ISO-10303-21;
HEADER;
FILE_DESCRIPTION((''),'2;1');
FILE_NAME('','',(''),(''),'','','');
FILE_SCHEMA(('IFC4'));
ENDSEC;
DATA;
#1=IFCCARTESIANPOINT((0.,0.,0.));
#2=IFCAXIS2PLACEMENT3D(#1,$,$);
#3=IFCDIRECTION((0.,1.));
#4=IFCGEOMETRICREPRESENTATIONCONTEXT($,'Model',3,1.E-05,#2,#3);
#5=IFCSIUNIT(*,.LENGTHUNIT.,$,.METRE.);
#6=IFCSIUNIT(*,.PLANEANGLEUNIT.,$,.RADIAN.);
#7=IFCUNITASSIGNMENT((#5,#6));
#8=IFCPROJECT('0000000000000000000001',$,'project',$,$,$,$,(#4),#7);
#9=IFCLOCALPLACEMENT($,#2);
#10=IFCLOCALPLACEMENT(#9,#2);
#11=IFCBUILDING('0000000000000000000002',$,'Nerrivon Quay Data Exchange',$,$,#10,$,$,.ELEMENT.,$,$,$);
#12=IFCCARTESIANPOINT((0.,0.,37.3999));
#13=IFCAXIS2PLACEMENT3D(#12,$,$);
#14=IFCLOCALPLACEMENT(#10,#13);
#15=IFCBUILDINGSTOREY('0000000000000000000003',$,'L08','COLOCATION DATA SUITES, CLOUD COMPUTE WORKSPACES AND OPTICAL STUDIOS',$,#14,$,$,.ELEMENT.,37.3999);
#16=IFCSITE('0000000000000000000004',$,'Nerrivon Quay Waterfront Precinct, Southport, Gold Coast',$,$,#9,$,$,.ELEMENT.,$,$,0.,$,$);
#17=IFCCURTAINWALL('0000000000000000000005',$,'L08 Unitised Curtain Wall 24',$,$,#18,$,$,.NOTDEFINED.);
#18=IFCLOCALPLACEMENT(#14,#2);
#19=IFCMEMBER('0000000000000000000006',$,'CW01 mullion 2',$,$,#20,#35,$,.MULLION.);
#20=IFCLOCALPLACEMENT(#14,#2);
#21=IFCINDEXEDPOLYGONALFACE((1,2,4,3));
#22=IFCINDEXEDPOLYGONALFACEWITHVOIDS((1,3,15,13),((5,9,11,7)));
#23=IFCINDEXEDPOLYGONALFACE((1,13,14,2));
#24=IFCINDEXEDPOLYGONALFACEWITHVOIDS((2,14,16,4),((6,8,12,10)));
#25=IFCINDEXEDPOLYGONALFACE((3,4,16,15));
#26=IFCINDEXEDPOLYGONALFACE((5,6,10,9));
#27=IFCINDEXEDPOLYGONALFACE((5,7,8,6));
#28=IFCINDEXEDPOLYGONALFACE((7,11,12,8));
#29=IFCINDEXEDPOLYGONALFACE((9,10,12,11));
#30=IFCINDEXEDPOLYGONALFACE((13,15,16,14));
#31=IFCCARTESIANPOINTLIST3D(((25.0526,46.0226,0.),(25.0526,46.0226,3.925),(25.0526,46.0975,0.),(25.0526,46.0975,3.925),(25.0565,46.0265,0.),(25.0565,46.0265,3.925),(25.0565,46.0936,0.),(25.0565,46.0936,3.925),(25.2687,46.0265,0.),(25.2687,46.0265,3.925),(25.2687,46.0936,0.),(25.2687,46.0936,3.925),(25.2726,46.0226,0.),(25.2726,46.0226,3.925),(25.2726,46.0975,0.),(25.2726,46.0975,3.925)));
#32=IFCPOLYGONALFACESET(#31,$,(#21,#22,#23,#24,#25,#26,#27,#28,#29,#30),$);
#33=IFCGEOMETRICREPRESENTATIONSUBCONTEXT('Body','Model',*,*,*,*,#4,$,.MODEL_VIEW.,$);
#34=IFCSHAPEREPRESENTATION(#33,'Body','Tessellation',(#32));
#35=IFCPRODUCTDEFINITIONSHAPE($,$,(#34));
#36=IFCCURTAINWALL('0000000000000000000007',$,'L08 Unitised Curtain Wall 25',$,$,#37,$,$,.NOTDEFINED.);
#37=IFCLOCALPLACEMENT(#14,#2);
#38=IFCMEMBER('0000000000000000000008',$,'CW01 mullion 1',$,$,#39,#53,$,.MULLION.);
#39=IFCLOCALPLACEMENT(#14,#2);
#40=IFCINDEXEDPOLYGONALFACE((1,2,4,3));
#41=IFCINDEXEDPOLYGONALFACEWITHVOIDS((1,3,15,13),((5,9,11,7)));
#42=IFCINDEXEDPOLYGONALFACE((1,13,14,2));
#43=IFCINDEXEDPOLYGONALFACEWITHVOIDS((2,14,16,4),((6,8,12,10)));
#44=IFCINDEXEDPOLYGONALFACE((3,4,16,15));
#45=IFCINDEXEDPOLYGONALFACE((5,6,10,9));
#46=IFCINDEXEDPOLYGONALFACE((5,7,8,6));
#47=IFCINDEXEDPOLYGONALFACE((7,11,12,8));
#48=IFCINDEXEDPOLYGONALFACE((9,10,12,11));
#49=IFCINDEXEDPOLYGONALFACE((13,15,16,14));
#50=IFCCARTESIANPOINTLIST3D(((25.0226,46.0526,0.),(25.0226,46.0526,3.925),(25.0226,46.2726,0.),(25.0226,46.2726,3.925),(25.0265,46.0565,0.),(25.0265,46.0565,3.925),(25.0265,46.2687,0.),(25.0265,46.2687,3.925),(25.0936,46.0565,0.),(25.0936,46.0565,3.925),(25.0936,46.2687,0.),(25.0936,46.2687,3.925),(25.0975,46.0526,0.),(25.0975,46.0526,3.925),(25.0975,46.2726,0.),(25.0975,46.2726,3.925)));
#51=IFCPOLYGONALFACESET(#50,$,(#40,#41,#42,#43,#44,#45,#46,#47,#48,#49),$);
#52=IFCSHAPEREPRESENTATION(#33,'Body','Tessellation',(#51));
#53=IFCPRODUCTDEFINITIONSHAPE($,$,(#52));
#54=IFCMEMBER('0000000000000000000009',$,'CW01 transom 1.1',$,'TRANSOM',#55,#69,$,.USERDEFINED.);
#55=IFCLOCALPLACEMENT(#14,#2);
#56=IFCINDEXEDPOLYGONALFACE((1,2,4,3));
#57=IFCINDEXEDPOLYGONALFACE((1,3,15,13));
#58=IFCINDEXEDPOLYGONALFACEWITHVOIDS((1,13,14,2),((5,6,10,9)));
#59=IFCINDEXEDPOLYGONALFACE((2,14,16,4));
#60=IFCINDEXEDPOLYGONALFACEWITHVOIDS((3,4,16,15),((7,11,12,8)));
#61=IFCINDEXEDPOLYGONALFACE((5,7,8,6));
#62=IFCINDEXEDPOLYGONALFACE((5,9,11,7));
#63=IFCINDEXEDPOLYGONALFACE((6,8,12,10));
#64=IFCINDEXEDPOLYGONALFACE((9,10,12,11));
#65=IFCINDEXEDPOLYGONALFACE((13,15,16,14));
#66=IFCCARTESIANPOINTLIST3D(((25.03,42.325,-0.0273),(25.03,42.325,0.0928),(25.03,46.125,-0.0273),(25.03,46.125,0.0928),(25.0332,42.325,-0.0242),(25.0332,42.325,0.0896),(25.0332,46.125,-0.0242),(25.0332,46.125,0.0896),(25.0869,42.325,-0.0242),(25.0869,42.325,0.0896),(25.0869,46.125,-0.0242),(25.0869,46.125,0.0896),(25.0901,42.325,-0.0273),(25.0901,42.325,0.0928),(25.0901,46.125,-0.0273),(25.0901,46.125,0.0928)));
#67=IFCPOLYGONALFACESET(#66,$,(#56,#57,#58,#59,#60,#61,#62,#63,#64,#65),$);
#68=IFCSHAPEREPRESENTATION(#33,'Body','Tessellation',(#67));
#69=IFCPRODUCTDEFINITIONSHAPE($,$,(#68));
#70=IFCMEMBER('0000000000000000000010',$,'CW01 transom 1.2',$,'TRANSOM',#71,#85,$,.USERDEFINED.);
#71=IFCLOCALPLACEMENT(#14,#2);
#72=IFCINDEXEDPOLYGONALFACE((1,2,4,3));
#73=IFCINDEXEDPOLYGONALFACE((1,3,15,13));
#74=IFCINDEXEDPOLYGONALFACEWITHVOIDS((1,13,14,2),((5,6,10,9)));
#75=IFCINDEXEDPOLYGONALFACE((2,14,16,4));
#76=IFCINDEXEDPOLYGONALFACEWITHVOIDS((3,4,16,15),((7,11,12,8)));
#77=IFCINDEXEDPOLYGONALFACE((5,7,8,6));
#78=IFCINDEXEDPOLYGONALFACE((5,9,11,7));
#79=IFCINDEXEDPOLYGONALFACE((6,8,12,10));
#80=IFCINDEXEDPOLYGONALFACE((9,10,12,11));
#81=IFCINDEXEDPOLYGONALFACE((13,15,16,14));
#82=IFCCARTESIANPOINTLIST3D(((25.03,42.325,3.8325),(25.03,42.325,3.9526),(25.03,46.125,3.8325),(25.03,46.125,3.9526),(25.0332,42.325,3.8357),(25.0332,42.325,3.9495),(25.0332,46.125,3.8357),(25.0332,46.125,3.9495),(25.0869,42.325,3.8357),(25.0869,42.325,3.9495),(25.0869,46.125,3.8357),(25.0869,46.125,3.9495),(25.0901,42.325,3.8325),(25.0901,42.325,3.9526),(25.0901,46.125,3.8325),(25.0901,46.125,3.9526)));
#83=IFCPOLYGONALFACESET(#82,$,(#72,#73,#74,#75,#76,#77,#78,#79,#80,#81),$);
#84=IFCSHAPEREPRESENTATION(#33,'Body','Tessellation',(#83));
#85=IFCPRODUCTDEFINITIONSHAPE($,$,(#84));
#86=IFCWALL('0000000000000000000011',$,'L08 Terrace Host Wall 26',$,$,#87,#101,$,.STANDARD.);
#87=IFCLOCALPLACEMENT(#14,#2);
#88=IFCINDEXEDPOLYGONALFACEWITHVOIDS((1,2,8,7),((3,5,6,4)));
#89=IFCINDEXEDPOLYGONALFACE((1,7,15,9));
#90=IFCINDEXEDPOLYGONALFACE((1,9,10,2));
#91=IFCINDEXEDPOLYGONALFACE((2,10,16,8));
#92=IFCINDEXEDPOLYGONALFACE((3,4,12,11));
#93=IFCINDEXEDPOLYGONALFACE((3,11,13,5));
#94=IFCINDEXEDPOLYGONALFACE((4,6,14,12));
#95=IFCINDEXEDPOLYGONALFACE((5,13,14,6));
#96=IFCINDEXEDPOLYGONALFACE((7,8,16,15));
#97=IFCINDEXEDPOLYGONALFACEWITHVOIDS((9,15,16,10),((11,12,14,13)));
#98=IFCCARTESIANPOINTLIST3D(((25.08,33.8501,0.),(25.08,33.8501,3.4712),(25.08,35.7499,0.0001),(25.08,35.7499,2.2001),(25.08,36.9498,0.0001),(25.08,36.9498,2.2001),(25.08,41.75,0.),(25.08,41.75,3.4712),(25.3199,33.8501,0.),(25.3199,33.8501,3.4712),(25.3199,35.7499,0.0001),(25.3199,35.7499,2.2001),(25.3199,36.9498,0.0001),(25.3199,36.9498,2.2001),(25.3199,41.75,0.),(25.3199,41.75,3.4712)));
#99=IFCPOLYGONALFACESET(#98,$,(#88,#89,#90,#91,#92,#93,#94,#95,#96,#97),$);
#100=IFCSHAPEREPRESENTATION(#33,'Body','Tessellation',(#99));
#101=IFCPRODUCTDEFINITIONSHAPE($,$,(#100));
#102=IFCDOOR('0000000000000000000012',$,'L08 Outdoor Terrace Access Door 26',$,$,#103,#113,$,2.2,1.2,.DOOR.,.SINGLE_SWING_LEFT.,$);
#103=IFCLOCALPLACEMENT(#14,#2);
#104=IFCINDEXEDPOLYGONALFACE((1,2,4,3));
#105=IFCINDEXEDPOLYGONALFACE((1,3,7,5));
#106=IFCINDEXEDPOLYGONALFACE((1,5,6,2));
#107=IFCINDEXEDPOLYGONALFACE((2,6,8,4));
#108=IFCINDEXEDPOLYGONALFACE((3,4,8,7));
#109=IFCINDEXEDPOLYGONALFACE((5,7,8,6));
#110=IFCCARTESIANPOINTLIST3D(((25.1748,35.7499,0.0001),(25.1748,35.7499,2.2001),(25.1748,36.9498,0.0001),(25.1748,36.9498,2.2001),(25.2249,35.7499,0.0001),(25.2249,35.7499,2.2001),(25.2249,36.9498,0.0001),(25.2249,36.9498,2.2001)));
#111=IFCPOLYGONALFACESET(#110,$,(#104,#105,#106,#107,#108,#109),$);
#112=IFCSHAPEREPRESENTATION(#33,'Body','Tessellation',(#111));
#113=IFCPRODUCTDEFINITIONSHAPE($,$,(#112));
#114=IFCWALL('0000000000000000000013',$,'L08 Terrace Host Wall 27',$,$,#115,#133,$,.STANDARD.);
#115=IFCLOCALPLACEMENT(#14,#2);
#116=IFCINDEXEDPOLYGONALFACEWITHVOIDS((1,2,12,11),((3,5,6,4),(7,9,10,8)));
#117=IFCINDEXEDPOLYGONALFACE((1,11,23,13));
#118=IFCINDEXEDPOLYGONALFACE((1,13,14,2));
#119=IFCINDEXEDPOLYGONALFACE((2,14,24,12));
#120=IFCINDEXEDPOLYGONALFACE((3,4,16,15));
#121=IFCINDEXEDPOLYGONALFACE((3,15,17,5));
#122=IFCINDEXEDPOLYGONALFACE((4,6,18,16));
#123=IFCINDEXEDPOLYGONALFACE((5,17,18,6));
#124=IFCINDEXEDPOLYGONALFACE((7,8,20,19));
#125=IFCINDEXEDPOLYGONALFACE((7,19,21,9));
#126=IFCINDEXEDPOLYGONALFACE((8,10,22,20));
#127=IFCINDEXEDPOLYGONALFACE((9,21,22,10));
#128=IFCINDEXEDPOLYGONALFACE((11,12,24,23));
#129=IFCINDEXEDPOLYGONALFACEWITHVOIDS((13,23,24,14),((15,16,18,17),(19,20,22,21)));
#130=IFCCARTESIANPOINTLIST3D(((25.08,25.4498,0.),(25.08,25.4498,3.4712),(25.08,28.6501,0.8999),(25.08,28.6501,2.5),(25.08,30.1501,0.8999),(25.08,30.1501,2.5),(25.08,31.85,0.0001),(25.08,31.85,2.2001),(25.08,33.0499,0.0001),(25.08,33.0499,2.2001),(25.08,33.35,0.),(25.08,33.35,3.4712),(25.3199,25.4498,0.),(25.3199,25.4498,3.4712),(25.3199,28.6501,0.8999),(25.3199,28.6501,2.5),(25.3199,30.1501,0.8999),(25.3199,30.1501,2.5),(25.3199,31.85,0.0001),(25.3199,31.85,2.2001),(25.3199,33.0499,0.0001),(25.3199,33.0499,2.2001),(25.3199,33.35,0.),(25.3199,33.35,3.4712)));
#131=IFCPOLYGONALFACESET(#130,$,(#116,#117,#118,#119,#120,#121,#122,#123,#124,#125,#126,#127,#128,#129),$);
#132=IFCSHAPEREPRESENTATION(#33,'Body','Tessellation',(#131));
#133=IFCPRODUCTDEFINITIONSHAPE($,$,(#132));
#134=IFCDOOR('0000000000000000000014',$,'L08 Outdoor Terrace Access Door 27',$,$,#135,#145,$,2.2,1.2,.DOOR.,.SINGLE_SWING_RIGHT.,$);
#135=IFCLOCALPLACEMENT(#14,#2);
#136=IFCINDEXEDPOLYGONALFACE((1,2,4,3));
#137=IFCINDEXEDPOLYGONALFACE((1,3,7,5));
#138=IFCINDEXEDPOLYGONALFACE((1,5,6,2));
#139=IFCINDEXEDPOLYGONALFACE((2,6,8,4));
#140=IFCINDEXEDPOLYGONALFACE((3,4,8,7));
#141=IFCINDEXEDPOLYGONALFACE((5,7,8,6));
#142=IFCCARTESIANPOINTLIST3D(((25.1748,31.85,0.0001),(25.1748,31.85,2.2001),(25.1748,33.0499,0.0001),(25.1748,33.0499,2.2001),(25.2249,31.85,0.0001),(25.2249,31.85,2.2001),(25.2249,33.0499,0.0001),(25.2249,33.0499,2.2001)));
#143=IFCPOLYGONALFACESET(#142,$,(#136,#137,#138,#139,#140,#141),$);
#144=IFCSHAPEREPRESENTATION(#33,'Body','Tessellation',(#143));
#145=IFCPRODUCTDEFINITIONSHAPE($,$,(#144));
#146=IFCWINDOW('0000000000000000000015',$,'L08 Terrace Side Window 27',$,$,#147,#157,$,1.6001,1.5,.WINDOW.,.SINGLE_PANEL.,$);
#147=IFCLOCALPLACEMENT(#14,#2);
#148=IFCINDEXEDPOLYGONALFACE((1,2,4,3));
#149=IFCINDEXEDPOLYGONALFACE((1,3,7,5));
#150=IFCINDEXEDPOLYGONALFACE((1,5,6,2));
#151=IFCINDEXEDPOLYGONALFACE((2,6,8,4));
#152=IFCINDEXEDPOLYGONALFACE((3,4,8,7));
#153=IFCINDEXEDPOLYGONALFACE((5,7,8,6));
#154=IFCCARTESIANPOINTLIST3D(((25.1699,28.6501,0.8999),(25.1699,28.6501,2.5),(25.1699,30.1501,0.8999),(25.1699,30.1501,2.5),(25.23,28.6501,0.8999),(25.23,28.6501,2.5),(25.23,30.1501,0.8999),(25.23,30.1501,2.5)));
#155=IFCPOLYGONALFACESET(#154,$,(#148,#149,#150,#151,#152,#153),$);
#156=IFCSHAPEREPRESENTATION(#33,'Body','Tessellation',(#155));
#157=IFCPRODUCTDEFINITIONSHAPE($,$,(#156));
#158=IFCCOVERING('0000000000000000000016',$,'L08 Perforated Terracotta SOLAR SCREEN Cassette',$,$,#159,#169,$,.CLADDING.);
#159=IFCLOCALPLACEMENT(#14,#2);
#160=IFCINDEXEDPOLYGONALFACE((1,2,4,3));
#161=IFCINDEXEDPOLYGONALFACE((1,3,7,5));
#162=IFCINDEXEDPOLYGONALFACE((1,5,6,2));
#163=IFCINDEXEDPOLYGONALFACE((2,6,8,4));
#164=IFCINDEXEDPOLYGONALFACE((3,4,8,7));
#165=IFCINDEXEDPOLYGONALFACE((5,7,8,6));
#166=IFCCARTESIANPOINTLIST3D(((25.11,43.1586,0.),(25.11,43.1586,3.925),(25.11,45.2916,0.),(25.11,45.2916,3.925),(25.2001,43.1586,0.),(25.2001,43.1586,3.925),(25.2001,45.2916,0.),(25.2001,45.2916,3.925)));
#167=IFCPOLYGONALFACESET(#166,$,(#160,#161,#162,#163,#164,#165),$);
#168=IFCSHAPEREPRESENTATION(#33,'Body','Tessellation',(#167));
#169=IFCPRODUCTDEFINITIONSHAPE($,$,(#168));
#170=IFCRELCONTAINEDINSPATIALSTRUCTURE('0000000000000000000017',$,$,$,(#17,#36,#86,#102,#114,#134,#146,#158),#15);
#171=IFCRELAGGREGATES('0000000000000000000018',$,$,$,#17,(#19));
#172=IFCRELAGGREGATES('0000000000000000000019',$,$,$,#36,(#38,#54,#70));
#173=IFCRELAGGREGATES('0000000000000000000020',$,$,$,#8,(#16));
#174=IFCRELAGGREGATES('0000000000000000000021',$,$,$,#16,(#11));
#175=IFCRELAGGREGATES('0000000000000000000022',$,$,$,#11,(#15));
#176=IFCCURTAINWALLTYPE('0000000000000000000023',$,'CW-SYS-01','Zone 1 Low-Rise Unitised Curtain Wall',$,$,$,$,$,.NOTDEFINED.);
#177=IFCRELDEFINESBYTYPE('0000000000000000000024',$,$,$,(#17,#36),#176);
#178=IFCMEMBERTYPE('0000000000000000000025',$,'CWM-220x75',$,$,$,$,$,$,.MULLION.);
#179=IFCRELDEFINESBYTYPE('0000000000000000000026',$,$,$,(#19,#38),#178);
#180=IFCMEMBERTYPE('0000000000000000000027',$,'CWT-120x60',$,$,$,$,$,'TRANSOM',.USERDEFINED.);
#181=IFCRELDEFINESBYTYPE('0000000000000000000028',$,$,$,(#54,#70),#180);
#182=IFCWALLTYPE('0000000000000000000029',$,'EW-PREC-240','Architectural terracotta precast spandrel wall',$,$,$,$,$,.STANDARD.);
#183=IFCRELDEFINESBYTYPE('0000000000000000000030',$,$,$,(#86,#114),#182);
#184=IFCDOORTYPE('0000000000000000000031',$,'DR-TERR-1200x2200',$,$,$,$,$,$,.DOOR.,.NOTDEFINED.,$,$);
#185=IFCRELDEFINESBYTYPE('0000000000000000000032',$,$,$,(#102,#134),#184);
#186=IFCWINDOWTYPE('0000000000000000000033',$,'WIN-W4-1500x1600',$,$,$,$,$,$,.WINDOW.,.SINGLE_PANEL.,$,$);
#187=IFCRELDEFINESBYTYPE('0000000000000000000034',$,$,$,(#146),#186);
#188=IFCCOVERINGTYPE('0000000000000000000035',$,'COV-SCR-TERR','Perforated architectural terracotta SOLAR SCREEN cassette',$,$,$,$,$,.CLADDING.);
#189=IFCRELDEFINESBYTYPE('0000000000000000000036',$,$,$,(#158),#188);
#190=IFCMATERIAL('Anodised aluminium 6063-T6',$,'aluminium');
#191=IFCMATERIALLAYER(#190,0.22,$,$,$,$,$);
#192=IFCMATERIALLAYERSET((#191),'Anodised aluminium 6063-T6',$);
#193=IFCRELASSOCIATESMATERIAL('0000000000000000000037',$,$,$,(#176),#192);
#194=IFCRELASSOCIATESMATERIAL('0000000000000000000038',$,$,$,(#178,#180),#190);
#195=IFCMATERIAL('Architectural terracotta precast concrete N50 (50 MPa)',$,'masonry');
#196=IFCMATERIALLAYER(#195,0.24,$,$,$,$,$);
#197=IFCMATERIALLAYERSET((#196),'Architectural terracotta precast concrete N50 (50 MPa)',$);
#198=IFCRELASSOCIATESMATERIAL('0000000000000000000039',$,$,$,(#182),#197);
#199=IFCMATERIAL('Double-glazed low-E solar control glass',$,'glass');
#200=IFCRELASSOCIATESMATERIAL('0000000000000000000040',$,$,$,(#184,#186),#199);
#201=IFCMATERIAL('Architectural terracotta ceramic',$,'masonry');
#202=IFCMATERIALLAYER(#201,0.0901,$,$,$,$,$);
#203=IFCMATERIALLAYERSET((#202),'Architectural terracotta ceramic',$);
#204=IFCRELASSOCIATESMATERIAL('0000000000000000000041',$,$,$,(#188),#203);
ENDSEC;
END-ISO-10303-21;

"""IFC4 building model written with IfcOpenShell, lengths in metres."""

from ifc_helpers import new_model, si_unit, direction, frame, frame_2d, origin, origin_2d, place, context, subcontext, project, spatial, rectangle, hollow_rectangle, extrude, material, layer, layer_set, material_profile, profile_set, type_object, element, fill, aggregate, save


model = new_model("IFC4")

# Units and contexts
model_context = context("Model", 3, precision=1e-05, world=origin(), true_north=direction((0.0, 1.0)))
body_context = subcontext(model_context, "Body", "Model", "MODEL_VIEW")
ifc_project = project(units=[si_unit("LENGTHUNIT", "METRE"), si_unit("PLANEANGLEUNIT", "RADIAN")], contexts=[model_context])

# Site, building, storey
site_placement = place(None, origin())
site = spatial("IfcSite", under=ifc_project, at=site_placement, Name="Nerrivon Quay Waterfront Precinct, Southport, Gold Coast", CompositionType="ELEMENT", RefElevation=0.0)
building_placement = place(site_placement, origin())
building = spatial("IfcBuilding", under=site, at=building_placement, Name="Nerrivon Quay Data Exchange", CompositionType="ELEMENT")
storey_placement = place(building_placement, frame((0.0, 0.0, 37.3999)))
storey = spatial("IfcBuildingStorey", under=building, at=storey_placement, Name="L08", Description="COLOCATION DATA SUITES, CLOUD COMPUTE WORKSPACES AND OPTICAL STUDIOS", CompositionType="ELEMENT", Elevation=37.3999)

# Curtain wall, member
ifc_material_1 = material(Name="Anodised aluminium 6063-T6", Category="aluminium")
ifc_layer_1 = layer(ifc_material_1, 0.22)
ifc_layer_set_1 = layer_set([ifc_layer_1], Name="Anodised aluminium 6063-T6")
curtain_wall_type = type_object("IfcCurtainWallType", Name="CW-SYS-01", Description="Zone 1 Low-Rise Unitised Curtain Wall", PredefinedType="NOTDEFINED", material=ifc_layer_set_1)
curtain_wall_1_placement = place(storey_placement, origin())
curtain_wall_1 = element("IfcCurtainWall", 1, at=curtain_wall_1_placement, inside=storey, type_object=curtain_wall_type, Name="L08 Unitised Curtain Wall 24", PredefinedType="NOTDEFINED")
ifc_material_profile_1 = material_profile(ifc_material_1, hollow_rectangle(XDim=0.075, YDim=0.22, WallThickness=0.0039, at=origin_2d()), Name="ALU-MULL-220x75")
ifc_profile_set_1 = profile_set([ifc_material_profile_1], Name="Anodised aluminium 6063-T6")
member_type_1 = type_object("IfcMemberType", Name="CWM-220x75", PredefinedType="MULLION", material=ifc_profile_set_1)
member_1_placement = place(storey_placement, frame((25.1626, 46.0601, 0.0), z_axis=(0.0, 0.0, 1.0), x_axis=(0.0, 1.0, 0.0)))
member_1 = element("IfcMember", 2, at=member_1_placement, type_object=member_type_1, Name="CW01 mullion 2", PredefinedType="MULLION", context=body_context, shape_type="SweptSolid", body=[
    extrude(hollow_rectangle(XDim=0.075, YDim=0.22, WallThickness=0.0039, at=origin_2d()), origin(), (0.0, 0.0, 1.0), 3.925),
])
aggregate(curtain_wall_1, [member_1])

# Curtain wall, members
curtain_wall_2_placement = place(storey_placement, origin())
curtain_wall_2 = element("IfcCurtainWall", 3, at=curtain_wall_2_placement, inside=storey, type_object=curtain_wall_type, Name="L08 Unitised Curtain Wall 25", PredefinedType="NOTDEFINED")
member_2_placement = place(storey_placement, frame((25.0601, 46.1626, 0.0), z_axis=(0.0, 0.0, 1.0), x_axis=(1.0, 0.0, 0.0)))
member_2 = element("IfcMember", 4, at=member_2_placement, type_object=member_type_1, Name="CW01 mullion 1", PredefinedType="MULLION", context=body_context, shape_type="SweptSolid", body=[
    extrude(hollow_rectangle(XDim=0.075, YDim=0.22, WallThickness=0.0039, at=origin_2d()), origin(), (0.0, 0.0, 1.0), 3.925),
])
ifc_material_profile_2 = material_profile(ifc_material_1, hollow_rectangle(XDim=0.0601, YDim=0.1201, WallThickness=0.0032, at=origin_2d()), Name="ALU-TRAN-120x60")
ifc_profile_set_2 = profile_set([ifc_material_profile_2], Name="Anodised aluminium 6063-T6")
member_type_2 = type_object("IfcMemberType", Name="CWT-120x60", ElementType="TRANSOM", PredefinedType="USERDEFINED", material=ifc_profile_set_2)
member_3_placement = place(storey_placement, frame((25.0601, 46.125, 0.0327), z_axis=(0.0, -1.0, 0.0), x_axis=(1.0, 0.0, 0.0)))
member_3 = element("IfcMember", 5, at=member_3_placement, type_object=member_type_2, Name="CW01 transom 1.1", ObjectType="TRANSOM", PredefinedType="USERDEFINED", context=body_context, shape_type="SweptSolid", body=[
    extrude(hollow_rectangle(XDim=0.0601, YDim=0.1201, WallThickness=0.0032, at=origin_2d()), origin(), (0.0, 0.0, 1.0), 3.8),
])
member_4_placement = place(storey_placement, frame((25.0601, 46.125, 3.8926), z_axis=(0.0, -1.0, 0.0), x_axis=(1.0, 0.0, 0.0)))
member_4 = element("IfcMember", 6, at=member_4_placement, type_object=member_type_2, Name="CW01 transom 1.2", ObjectType="TRANSOM", PredefinedType="USERDEFINED", context=body_context, shape_type="SweptSolid", body=[
    extrude(hollow_rectangle(XDim=0.0601, YDim=0.1201, WallThickness=0.0032, at=origin_2d()), origin(), (0.0, 0.0, 1.0), 3.8),
])
aggregate(curtain_wall_2, [member_2, member_3, member_4])

# Wall, opening, door
ifc_material_2 = material(Name="Architectural terracotta precast concrete N50 (50 MPa)", Category="masonry")
ifc_layer_2 = layer(ifc_material_2, 0.24)
ifc_layer_set_2 = layer_set([ifc_layer_2], Name="Architectural terracotta precast concrete N50 (50 MPa)")
wall_type = type_object("IfcWallType", Name="EW-PREC-240", Description="Architectural terracotta precast spandrel wall", PredefinedType="STANDARD", material=ifc_layer_set_2)
wall_1_placement = place(storey_placement, frame((25.2, 41.75, 0.0), z_axis=(0.0, 0.0, 1.0), x_axis=(0.0, -1.0, 0.0)))
wall_1 = element("IfcWall", 7, at=wall_1_placement, inside=storey, type_object=wall_type, Name="L08 Terrace Host Wall 26", PredefinedType="STANDARD", context=body_context, shape_type="SweptSolid", body=[
    extrude(rectangle(XDim=7.8999, YDim=0.24, at=frame_2d((3.95, 0.0))), origin(), (0.0, 0.0, 1.0), 3.4712),
])
opening_1_placement = place(wall_1_placement, frame((4.8, 0.0, 0.0)))
opening_1 = element("IfcOpeningElement", 8, at=opening_1_placement, cuts=wall_1, PredefinedType="OPENING", context=body_context, shape_type="SweptSolid", body=[
    extrude(rectangle(XDim=1.2, YDim=2.2, at=frame_2d((0.6001, 1.1001))), frame((0.0, 0.1299, 0.0), z_axis=(0.0, -1.0, 0.0), x_axis=(1.0, 0.0, 0.0)), (0.0, 0.0, 1.0), 0.26),
])
ifc_material_3 = material(Name="Double-glazed low-E solar control glass", Category="glass")
door_type = type_object("IfcDoorType", Name="DR-TERR-1200x2200", OperationType="NOTDEFINED", PredefinedType="DOOR", material=ifc_material_3)
door_1_placement = place(opening_1_placement, origin())
door_1 = element("IfcDoor", 9, at=door_1_placement, inside=storey, type_object=door_type, Name="L08 Outdoor Terrace Access Door 26", OperationType="SINGLE_SWING_LEFT", OverallHeight=2.2, OverallWidth=1.2, PredefinedType="DOOR", context=body_context, shape_type="SweptSolid", body=[
    extrude(rectangle(XDim=1.2, YDim=2.2, at=frame_2d((0.6001, 1.1001))), frame((0.0, 0.0249, 0.0), z_axis=(0.0, -1.0, 0.0), x_axis=(1.0, 0.0, 0.0)), (0.0, 0.0, 1.0), 0.05),
])
fill(opening_1, door_1)

# Wall, openings, door, window
wall_2_placement = place(storey_placement, frame((25.2, 33.3501, 0.0), z_axis=(0.0, 0.0, 1.0), x_axis=(0.0, -1.0, 0.0)))
wall_2 = element("IfcWall", 10, at=wall_2_placement, inside=storey, type_object=wall_type, Name="L08 Terrace Host Wall 27", PredefinedType="STANDARD", context=body_context, shape_type="SweptSolid", body=[
    extrude(rectangle(XDim=7.9001, YDim=0.24, at=frame_2d((3.9502, 0.0))), origin(), (0.0, 0.0, 1.0), 3.4712),
])
opening_2_placement = place(wall_2_placement, frame((0.3, 0.0, 0.0)))
opening_2 = element("IfcOpeningElement", 11, at=opening_2_placement, cuts=wall_2, PredefinedType="OPENING", context=body_context, shape_type="SweptSolid", body=[
    extrude(rectangle(XDim=1.2, YDim=2.2, at=frame_2d((0.6001, 1.1001))), frame((0.0, 0.1299, 0.0), z_axis=(0.0, -1.0, 0.0), x_axis=(1.0, 0.0, 0.0)), (0.0, 0.0, 1.0), 0.26),
])
opening_3_placement = place(wall_2_placement, frame((3.2, 0.0, 0.8999)))
opening_3 = element("IfcOpeningElement", 12, at=opening_3_placement, cuts=wall_2, PredefinedType="OPENING", context=body_context, shape_type="SweptSolid", body=[
    extrude(rectangle(XDim=1.5, YDim=1.6001, at=frame_2d((0.75, 0.8))), frame((0.0, 0.1299, 0.0), z_axis=(0.0, -1.0, 0.0), x_axis=(1.0, 0.0, 0.0)), (0.0, 0.0, 1.0), 0.26),
])
door_2_placement = place(opening_2_placement, origin())
door_2 = element("IfcDoor", 13, at=door_2_placement, inside=storey, type_object=door_type, Name="L08 Outdoor Terrace Access Door 27", OperationType="SINGLE_SWING_RIGHT", OverallHeight=2.2, OverallWidth=1.2, PredefinedType="DOOR", context=body_context, shape_type="SweptSolid", body=[
    extrude(rectangle(XDim=1.2, YDim=2.2, at=frame_2d((0.6001, 1.1001))), frame((0.0, 0.0249, 0.0), z_axis=(0.0, -1.0, 0.0), x_axis=(1.0, 0.0, 0.0)), (0.0, 0.0, 1.0), 0.05),
])
fill(opening_2, door_2)
window_type = type_object("IfcWindowType", Name="WIN-W4-1500x1600", PartitioningType="SINGLE_PANEL", PredefinedType="WINDOW", material=ifc_material_3)
window_placement = place(opening_3_placement, origin())
window = element("IfcWindow", 14, at=window_placement, inside=storey, type_object=window_type, Name="L08 Terrace Side Window 27", OverallHeight=1.6001, OverallWidth=1.5, PartitioningType="SINGLE_PANEL", PredefinedType="WINDOW", context=body_context, shape_type="SweptSolid", body=[
    extrude(rectangle(XDim=1.5, YDim=1.6001, at=frame_2d((0.75, 0.8))), frame((0.0, 0.03, 0.0), z_axis=(0.0, -1.0, 0.0), x_axis=(1.0, 0.0, 0.0)), (0.0, 0.0, 1.0), 0.0601),
])
fill(opening_3, window)

# Covering
ifc_material_4 = material(Name="Architectural terracotta ceramic", Category="masonry")
ifc_layer_3 = layer(ifc_material_4, 0.0901)
ifc_layer_set_3 = layer_set([ifc_layer_3], Name="Architectural terracotta ceramic")
covering_type = type_object("IfcCoveringType", Name="COV-SCR-TERR", Description="Perforated architectural terracotta SOLAR SCREEN cassette", PredefinedType="CLADDING", material=ifc_layer_set_3)
covering_1_placement = place(storey_placement, frame((25.155, 44.2251, 0.0), z_axis=(0.0, 0.0, 1.0), x_axis=(0.0, -1.0, 0.0)))
element("IfcCovering", 15, at=covering_1_placement, inside=storey, type_object=covering_type, Name="L08 Perforated Terracotta SOLAR SCREEN Cassette", PredefinedType="CLADDING", context=body_context, shape_type="SweptSolid", body=[
    extrude(rectangle(XDim=2.1331, YDim=0.0901, at=origin_2d()), origin(), (0.0, 0.0, 1.0), 3.925),
])

save(model, "model.ifc")
